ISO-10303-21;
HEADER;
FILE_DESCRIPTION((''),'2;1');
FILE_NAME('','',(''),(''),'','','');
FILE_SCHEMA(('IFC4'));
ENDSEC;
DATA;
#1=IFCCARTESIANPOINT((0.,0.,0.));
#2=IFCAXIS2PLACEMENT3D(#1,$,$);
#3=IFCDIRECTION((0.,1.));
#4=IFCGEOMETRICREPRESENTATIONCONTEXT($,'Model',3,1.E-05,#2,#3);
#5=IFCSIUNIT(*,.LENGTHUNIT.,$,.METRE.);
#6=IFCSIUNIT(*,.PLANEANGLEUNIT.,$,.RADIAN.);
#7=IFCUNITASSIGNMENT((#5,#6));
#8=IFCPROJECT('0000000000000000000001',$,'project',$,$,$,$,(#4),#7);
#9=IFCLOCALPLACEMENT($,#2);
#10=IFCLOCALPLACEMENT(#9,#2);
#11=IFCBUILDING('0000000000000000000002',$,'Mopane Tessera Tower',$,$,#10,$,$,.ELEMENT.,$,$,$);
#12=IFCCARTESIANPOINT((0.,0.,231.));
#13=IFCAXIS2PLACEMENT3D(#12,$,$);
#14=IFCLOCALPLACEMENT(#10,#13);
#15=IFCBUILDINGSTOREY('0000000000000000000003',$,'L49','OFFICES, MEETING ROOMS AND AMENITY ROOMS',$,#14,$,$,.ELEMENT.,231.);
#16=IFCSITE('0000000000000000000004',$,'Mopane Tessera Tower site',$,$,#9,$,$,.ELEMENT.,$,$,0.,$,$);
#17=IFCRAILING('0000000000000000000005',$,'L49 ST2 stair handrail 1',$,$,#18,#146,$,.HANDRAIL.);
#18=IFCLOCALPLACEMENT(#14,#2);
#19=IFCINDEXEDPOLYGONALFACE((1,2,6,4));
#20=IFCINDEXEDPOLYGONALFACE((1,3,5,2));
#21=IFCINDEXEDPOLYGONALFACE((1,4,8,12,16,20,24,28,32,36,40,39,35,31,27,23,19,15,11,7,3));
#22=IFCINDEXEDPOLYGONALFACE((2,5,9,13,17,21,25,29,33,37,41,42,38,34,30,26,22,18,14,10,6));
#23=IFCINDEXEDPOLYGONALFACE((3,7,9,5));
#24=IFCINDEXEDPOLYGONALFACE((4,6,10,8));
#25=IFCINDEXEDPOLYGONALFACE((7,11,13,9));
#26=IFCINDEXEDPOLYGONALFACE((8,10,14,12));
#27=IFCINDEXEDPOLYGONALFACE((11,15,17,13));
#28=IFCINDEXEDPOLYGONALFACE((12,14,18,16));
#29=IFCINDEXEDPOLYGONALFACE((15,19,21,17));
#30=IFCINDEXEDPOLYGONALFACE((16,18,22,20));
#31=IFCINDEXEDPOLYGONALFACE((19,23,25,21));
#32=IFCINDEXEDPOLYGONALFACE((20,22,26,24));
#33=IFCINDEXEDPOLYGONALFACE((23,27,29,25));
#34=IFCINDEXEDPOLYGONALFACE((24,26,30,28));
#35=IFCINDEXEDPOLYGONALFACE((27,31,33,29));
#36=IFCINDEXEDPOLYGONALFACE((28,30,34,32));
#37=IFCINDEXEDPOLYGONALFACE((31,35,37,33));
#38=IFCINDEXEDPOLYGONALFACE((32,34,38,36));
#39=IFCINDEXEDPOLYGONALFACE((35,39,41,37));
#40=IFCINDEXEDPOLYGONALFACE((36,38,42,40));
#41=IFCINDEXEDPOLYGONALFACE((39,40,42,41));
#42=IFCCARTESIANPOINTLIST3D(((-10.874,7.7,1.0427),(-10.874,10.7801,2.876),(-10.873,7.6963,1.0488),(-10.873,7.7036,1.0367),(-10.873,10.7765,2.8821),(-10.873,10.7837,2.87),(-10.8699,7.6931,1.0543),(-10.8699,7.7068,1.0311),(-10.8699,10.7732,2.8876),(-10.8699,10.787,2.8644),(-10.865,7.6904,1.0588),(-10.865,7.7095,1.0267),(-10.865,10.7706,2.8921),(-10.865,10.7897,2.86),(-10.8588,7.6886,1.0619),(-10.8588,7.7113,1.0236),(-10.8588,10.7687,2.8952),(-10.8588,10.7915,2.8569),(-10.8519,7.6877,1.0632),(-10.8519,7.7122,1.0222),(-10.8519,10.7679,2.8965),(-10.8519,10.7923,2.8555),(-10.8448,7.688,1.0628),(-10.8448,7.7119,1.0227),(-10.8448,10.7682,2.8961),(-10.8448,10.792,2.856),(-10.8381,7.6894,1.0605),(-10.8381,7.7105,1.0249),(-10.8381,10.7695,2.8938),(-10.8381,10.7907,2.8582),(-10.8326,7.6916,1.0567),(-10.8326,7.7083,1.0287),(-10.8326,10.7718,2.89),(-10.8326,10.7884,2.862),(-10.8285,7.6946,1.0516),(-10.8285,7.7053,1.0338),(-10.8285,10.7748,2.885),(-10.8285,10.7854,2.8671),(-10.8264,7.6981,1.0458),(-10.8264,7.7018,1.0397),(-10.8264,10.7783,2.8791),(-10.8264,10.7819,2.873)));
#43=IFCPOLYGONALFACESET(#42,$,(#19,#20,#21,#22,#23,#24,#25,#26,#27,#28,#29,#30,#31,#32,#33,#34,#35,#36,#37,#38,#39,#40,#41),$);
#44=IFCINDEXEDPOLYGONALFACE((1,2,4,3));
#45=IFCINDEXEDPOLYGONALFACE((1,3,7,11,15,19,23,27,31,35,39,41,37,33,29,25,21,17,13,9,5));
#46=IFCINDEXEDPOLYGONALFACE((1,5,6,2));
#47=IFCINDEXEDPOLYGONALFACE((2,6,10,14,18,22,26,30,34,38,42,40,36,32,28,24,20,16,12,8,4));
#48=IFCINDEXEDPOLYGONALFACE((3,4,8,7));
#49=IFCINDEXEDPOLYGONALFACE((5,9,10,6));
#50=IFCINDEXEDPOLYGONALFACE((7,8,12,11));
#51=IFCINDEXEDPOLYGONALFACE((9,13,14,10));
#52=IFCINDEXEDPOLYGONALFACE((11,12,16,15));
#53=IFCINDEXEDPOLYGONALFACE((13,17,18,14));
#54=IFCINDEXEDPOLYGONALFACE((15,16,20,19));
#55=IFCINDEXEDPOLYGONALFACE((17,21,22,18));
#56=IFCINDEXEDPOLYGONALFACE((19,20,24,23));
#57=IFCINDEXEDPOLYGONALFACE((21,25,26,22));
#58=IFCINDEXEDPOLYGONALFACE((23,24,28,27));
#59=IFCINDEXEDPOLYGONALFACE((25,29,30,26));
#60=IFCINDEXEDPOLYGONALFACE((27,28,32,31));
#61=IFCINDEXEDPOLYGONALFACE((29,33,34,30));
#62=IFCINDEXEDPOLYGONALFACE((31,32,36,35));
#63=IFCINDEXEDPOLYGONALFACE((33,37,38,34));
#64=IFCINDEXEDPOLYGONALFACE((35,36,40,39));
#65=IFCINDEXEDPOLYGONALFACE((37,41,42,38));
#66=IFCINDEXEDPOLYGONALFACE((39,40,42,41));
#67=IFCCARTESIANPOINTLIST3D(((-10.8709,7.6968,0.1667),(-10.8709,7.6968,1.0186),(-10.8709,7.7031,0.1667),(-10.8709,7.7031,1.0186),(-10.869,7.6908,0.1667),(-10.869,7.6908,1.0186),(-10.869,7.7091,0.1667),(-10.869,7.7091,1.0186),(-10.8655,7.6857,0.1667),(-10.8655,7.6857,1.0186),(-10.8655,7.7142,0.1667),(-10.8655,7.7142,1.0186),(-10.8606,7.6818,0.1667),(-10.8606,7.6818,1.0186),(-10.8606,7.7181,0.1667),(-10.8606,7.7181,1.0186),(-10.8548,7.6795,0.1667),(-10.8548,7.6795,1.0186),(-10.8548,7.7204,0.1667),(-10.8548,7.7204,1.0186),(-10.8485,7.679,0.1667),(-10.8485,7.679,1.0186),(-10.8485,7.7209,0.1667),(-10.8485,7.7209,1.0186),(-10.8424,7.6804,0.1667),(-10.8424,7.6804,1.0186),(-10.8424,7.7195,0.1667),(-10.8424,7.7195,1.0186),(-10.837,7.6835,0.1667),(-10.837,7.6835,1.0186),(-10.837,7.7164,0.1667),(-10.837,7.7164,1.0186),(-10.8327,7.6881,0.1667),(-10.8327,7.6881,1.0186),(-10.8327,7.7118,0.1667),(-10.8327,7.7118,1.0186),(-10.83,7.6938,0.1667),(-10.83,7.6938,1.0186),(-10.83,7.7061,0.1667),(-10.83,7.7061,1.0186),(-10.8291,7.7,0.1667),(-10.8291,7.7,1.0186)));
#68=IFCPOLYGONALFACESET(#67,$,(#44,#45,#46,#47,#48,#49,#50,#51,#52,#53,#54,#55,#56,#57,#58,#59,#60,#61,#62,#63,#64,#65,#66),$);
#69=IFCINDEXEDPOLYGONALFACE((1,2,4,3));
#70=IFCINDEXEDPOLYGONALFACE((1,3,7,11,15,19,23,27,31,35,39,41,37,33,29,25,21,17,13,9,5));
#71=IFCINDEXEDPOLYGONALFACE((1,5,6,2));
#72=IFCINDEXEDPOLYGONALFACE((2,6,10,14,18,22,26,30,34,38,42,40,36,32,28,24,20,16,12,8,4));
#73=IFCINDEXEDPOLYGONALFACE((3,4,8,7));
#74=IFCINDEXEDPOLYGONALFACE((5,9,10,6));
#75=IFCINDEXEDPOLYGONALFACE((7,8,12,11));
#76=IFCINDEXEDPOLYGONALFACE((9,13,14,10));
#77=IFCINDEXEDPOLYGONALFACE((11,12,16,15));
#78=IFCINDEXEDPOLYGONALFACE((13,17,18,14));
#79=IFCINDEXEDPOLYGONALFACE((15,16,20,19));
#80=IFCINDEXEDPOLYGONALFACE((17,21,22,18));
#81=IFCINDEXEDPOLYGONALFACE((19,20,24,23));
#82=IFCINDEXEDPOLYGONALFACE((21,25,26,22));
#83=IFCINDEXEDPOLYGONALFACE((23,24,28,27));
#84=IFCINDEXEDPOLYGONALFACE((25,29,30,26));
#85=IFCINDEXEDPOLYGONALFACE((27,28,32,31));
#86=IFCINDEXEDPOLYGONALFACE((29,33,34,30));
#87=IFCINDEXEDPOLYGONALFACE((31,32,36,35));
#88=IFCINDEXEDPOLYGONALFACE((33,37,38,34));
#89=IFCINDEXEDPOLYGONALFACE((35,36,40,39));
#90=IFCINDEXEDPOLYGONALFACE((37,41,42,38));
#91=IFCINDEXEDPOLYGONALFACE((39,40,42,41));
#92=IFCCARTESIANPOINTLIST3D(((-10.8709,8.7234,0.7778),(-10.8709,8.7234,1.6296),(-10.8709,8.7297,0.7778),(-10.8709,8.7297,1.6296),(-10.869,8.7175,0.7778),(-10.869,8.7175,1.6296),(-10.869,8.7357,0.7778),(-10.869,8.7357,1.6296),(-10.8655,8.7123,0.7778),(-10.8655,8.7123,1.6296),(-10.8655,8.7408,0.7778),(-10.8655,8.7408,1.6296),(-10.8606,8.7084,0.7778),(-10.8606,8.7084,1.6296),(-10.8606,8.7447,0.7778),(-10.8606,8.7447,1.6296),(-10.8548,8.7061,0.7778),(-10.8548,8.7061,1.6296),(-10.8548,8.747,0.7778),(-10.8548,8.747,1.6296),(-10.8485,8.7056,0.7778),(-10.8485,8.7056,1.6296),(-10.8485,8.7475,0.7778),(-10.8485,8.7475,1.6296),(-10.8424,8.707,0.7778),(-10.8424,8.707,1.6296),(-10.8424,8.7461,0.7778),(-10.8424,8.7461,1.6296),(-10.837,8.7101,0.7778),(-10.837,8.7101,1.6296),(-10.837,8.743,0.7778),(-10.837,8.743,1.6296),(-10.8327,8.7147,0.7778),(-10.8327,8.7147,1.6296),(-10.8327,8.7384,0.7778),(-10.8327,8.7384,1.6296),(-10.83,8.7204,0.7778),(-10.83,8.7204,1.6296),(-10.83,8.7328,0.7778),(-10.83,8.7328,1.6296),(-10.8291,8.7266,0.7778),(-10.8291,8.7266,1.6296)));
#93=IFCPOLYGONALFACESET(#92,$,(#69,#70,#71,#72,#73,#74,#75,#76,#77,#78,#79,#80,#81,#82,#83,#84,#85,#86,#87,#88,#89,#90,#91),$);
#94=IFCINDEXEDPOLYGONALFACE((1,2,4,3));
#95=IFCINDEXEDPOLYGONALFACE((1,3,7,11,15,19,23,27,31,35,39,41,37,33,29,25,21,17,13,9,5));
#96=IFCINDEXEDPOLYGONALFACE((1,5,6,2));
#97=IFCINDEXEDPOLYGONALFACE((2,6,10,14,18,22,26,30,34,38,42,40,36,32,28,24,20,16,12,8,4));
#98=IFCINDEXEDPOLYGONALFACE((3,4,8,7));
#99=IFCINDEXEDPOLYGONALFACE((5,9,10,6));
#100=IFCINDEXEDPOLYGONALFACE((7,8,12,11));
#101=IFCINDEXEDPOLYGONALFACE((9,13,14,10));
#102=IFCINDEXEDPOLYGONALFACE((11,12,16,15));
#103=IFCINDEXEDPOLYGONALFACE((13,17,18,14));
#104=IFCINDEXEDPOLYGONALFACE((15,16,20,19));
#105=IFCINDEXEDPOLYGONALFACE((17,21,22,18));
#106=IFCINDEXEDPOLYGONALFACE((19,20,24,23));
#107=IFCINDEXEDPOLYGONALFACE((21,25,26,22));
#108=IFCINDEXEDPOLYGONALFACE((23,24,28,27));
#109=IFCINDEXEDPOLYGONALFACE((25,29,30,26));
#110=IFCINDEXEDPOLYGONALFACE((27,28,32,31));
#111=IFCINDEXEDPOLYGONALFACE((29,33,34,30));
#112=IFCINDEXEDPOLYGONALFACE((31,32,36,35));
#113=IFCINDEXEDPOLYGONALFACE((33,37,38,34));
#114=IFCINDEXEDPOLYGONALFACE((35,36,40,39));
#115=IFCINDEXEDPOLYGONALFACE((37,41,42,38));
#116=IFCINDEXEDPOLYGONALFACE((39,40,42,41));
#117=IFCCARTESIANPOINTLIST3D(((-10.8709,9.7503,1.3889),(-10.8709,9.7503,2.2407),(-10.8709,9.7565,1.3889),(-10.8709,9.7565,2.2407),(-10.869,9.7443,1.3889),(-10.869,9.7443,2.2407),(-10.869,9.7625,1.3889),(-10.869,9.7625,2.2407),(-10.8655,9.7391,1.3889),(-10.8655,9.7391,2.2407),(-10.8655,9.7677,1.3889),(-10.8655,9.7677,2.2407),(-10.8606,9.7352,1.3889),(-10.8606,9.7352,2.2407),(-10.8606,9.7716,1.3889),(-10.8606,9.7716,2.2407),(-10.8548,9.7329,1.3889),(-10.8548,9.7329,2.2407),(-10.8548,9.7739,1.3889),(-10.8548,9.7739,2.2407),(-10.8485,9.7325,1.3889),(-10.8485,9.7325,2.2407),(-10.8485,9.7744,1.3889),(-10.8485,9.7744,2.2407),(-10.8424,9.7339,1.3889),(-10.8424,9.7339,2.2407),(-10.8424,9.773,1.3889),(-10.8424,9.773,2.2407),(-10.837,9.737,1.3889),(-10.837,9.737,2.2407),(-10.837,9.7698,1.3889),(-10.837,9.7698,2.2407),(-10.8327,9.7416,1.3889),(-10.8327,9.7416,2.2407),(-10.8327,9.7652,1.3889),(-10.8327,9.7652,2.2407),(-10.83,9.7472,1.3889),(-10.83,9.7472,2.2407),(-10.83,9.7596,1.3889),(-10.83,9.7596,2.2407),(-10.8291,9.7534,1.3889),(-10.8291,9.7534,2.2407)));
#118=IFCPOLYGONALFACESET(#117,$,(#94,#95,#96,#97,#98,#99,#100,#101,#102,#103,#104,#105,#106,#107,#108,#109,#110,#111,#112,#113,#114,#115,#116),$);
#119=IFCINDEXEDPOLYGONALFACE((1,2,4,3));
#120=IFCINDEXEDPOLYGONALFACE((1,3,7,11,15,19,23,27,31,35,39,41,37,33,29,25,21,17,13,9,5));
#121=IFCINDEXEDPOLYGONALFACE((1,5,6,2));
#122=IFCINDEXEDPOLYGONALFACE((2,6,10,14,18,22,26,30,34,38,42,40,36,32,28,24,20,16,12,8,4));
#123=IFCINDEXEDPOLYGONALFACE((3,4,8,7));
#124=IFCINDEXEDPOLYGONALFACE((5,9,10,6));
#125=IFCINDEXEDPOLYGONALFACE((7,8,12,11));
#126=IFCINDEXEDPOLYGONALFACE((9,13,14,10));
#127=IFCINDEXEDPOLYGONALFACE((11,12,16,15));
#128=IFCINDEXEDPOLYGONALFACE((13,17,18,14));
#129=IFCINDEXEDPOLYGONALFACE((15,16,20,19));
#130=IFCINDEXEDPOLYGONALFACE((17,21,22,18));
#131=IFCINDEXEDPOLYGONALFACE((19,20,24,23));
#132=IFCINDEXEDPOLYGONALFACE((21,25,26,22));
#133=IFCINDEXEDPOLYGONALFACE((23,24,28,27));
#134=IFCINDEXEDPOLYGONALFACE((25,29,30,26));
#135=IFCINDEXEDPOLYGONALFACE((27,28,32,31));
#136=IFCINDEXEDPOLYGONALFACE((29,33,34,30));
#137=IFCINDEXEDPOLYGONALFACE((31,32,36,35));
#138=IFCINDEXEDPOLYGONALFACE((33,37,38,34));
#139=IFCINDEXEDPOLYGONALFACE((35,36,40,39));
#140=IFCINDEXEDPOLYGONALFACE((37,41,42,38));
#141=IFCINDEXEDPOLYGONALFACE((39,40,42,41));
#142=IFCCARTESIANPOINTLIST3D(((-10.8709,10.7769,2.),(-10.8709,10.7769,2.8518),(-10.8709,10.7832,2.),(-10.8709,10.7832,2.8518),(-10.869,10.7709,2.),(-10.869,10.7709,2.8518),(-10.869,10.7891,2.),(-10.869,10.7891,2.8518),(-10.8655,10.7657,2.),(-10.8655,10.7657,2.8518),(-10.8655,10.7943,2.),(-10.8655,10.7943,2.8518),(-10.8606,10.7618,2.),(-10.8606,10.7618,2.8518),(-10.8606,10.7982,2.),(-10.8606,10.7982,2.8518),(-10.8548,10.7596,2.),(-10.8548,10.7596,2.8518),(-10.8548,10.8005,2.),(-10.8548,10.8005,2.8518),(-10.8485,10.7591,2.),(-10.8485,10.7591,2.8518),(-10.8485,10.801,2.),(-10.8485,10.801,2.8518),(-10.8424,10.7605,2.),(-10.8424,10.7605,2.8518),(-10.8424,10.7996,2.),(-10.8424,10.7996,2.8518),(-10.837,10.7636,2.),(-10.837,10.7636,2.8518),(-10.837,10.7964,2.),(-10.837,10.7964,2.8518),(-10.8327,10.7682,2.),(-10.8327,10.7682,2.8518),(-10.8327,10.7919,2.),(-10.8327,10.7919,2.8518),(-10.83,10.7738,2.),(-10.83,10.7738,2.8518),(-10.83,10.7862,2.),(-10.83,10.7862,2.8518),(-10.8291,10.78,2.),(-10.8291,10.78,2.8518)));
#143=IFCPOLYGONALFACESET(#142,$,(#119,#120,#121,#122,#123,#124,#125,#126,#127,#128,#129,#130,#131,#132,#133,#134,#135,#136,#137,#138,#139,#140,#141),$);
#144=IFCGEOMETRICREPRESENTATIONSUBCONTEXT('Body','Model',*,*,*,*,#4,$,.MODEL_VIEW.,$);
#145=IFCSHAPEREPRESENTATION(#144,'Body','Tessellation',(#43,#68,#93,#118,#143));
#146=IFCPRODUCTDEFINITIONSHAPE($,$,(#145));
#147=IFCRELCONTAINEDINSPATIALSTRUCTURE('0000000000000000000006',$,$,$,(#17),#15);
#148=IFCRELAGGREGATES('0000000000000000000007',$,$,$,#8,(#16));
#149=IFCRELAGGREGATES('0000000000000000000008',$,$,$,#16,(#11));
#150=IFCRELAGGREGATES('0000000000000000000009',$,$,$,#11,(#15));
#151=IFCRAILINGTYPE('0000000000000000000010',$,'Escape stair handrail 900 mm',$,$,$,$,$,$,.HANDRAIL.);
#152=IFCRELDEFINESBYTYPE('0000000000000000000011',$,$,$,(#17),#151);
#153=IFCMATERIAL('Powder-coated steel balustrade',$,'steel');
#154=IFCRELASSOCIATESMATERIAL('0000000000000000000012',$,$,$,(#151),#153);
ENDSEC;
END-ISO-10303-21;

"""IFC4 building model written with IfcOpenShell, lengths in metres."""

from ifc_helpers import new_model, si_unit, direction, frame, origin, origin_2d, place, context, subcontext, project, spatial, circle, extrude, material, type_object, element, save


model = new_model("IFC4")

# Units and contexts
model_context = context("Model", 3, precision=1e-05, world=origin(), true_north=direction((0.0, 1.0)))
body_context = subcontext(model_context, "Body", "Model", "MODEL_VIEW")
ifc_project = project(units=[si_unit("LENGTHUNIT", "METRE"), si_unit("PLANEANGLEUNIT", "RADIAN")], contexts=[model_context])

# Site, building, storey
site_placement = place(None, origin())
site = spatial("IfcSite", under=ifc_project, at=site_placement, Name="Mopane Tessera Tower site", CompositionType="ELEMENT", RefElevation=0.0)
building_placement = place(site_placement, origin())
building = spatial("IfcBuilding", under=site, at=building_placement, Name="Mopane Tessera Tower", CompositionType="ELEMENT")
storey_placement = place(building_placement, frame((0.0, 0.0, 231.0)))
storey = spatial("IfcBuildingStorey", under=building, at=storey_placement, Name="L49", Description="OFFICES, MEETING ROOMS AND AMENITY ROOMS", CompositionType="ELEMENT", Elevation=231.0)

# Railing
ifc_material_1 = material(Name="Powder-coated steel balustrade", Category="steel")
railing_type_1 = type_object("IfcRailingType", Name="Escape stair handrail 900 mm", PredefinedType="HANDRAIL", material=ifc_material_1)
railing_1_placement = place(storey_placement, frame((-10.8501, 7.7, 0.1667)))
element("IfcRailing", 1, at=railing_1_placement, inside=storey, type_object=railing_type_1, Name="L49 ST2 stair handrail 1", PredefinedType="HANDRAIL", context=body_context, shape_type="SweptSolid", body=[
    extrude(circle(Radius=0.0239, at=origin_2d()), frame((0.0, 0.0, 0.876), z_axis=(0.0, 0.859309, 0.511458), x_axis=(-1.0, 0.0, 0.0)), (0.0, 0.0, 1.0), 3.5845),
    extrude(circle(Radius=0.021, at=origin_2d()), origin(), (0.0, 0.0, 1.0), 0.8518),
    extrude(circle(Radius=0.021, at=origin_2d()), frame((0.0, 1.0266, 0.6111)), (0.0, 0.0, 1.0), 0.8518),
    extrude(circle(Radius=0.021, at=origin_2d()), frame((0.0, 2.0535, 1.2222)), (0.0, 0.0, 1.0), 0.8518),
    extrude(circle(Radius=0.021, at=origin_2d()), frame((0.0, 3.0801, 1.8333)), (0.0, 0.0, 1.0), 0.8518),
])

save(model, "model.ifc")
